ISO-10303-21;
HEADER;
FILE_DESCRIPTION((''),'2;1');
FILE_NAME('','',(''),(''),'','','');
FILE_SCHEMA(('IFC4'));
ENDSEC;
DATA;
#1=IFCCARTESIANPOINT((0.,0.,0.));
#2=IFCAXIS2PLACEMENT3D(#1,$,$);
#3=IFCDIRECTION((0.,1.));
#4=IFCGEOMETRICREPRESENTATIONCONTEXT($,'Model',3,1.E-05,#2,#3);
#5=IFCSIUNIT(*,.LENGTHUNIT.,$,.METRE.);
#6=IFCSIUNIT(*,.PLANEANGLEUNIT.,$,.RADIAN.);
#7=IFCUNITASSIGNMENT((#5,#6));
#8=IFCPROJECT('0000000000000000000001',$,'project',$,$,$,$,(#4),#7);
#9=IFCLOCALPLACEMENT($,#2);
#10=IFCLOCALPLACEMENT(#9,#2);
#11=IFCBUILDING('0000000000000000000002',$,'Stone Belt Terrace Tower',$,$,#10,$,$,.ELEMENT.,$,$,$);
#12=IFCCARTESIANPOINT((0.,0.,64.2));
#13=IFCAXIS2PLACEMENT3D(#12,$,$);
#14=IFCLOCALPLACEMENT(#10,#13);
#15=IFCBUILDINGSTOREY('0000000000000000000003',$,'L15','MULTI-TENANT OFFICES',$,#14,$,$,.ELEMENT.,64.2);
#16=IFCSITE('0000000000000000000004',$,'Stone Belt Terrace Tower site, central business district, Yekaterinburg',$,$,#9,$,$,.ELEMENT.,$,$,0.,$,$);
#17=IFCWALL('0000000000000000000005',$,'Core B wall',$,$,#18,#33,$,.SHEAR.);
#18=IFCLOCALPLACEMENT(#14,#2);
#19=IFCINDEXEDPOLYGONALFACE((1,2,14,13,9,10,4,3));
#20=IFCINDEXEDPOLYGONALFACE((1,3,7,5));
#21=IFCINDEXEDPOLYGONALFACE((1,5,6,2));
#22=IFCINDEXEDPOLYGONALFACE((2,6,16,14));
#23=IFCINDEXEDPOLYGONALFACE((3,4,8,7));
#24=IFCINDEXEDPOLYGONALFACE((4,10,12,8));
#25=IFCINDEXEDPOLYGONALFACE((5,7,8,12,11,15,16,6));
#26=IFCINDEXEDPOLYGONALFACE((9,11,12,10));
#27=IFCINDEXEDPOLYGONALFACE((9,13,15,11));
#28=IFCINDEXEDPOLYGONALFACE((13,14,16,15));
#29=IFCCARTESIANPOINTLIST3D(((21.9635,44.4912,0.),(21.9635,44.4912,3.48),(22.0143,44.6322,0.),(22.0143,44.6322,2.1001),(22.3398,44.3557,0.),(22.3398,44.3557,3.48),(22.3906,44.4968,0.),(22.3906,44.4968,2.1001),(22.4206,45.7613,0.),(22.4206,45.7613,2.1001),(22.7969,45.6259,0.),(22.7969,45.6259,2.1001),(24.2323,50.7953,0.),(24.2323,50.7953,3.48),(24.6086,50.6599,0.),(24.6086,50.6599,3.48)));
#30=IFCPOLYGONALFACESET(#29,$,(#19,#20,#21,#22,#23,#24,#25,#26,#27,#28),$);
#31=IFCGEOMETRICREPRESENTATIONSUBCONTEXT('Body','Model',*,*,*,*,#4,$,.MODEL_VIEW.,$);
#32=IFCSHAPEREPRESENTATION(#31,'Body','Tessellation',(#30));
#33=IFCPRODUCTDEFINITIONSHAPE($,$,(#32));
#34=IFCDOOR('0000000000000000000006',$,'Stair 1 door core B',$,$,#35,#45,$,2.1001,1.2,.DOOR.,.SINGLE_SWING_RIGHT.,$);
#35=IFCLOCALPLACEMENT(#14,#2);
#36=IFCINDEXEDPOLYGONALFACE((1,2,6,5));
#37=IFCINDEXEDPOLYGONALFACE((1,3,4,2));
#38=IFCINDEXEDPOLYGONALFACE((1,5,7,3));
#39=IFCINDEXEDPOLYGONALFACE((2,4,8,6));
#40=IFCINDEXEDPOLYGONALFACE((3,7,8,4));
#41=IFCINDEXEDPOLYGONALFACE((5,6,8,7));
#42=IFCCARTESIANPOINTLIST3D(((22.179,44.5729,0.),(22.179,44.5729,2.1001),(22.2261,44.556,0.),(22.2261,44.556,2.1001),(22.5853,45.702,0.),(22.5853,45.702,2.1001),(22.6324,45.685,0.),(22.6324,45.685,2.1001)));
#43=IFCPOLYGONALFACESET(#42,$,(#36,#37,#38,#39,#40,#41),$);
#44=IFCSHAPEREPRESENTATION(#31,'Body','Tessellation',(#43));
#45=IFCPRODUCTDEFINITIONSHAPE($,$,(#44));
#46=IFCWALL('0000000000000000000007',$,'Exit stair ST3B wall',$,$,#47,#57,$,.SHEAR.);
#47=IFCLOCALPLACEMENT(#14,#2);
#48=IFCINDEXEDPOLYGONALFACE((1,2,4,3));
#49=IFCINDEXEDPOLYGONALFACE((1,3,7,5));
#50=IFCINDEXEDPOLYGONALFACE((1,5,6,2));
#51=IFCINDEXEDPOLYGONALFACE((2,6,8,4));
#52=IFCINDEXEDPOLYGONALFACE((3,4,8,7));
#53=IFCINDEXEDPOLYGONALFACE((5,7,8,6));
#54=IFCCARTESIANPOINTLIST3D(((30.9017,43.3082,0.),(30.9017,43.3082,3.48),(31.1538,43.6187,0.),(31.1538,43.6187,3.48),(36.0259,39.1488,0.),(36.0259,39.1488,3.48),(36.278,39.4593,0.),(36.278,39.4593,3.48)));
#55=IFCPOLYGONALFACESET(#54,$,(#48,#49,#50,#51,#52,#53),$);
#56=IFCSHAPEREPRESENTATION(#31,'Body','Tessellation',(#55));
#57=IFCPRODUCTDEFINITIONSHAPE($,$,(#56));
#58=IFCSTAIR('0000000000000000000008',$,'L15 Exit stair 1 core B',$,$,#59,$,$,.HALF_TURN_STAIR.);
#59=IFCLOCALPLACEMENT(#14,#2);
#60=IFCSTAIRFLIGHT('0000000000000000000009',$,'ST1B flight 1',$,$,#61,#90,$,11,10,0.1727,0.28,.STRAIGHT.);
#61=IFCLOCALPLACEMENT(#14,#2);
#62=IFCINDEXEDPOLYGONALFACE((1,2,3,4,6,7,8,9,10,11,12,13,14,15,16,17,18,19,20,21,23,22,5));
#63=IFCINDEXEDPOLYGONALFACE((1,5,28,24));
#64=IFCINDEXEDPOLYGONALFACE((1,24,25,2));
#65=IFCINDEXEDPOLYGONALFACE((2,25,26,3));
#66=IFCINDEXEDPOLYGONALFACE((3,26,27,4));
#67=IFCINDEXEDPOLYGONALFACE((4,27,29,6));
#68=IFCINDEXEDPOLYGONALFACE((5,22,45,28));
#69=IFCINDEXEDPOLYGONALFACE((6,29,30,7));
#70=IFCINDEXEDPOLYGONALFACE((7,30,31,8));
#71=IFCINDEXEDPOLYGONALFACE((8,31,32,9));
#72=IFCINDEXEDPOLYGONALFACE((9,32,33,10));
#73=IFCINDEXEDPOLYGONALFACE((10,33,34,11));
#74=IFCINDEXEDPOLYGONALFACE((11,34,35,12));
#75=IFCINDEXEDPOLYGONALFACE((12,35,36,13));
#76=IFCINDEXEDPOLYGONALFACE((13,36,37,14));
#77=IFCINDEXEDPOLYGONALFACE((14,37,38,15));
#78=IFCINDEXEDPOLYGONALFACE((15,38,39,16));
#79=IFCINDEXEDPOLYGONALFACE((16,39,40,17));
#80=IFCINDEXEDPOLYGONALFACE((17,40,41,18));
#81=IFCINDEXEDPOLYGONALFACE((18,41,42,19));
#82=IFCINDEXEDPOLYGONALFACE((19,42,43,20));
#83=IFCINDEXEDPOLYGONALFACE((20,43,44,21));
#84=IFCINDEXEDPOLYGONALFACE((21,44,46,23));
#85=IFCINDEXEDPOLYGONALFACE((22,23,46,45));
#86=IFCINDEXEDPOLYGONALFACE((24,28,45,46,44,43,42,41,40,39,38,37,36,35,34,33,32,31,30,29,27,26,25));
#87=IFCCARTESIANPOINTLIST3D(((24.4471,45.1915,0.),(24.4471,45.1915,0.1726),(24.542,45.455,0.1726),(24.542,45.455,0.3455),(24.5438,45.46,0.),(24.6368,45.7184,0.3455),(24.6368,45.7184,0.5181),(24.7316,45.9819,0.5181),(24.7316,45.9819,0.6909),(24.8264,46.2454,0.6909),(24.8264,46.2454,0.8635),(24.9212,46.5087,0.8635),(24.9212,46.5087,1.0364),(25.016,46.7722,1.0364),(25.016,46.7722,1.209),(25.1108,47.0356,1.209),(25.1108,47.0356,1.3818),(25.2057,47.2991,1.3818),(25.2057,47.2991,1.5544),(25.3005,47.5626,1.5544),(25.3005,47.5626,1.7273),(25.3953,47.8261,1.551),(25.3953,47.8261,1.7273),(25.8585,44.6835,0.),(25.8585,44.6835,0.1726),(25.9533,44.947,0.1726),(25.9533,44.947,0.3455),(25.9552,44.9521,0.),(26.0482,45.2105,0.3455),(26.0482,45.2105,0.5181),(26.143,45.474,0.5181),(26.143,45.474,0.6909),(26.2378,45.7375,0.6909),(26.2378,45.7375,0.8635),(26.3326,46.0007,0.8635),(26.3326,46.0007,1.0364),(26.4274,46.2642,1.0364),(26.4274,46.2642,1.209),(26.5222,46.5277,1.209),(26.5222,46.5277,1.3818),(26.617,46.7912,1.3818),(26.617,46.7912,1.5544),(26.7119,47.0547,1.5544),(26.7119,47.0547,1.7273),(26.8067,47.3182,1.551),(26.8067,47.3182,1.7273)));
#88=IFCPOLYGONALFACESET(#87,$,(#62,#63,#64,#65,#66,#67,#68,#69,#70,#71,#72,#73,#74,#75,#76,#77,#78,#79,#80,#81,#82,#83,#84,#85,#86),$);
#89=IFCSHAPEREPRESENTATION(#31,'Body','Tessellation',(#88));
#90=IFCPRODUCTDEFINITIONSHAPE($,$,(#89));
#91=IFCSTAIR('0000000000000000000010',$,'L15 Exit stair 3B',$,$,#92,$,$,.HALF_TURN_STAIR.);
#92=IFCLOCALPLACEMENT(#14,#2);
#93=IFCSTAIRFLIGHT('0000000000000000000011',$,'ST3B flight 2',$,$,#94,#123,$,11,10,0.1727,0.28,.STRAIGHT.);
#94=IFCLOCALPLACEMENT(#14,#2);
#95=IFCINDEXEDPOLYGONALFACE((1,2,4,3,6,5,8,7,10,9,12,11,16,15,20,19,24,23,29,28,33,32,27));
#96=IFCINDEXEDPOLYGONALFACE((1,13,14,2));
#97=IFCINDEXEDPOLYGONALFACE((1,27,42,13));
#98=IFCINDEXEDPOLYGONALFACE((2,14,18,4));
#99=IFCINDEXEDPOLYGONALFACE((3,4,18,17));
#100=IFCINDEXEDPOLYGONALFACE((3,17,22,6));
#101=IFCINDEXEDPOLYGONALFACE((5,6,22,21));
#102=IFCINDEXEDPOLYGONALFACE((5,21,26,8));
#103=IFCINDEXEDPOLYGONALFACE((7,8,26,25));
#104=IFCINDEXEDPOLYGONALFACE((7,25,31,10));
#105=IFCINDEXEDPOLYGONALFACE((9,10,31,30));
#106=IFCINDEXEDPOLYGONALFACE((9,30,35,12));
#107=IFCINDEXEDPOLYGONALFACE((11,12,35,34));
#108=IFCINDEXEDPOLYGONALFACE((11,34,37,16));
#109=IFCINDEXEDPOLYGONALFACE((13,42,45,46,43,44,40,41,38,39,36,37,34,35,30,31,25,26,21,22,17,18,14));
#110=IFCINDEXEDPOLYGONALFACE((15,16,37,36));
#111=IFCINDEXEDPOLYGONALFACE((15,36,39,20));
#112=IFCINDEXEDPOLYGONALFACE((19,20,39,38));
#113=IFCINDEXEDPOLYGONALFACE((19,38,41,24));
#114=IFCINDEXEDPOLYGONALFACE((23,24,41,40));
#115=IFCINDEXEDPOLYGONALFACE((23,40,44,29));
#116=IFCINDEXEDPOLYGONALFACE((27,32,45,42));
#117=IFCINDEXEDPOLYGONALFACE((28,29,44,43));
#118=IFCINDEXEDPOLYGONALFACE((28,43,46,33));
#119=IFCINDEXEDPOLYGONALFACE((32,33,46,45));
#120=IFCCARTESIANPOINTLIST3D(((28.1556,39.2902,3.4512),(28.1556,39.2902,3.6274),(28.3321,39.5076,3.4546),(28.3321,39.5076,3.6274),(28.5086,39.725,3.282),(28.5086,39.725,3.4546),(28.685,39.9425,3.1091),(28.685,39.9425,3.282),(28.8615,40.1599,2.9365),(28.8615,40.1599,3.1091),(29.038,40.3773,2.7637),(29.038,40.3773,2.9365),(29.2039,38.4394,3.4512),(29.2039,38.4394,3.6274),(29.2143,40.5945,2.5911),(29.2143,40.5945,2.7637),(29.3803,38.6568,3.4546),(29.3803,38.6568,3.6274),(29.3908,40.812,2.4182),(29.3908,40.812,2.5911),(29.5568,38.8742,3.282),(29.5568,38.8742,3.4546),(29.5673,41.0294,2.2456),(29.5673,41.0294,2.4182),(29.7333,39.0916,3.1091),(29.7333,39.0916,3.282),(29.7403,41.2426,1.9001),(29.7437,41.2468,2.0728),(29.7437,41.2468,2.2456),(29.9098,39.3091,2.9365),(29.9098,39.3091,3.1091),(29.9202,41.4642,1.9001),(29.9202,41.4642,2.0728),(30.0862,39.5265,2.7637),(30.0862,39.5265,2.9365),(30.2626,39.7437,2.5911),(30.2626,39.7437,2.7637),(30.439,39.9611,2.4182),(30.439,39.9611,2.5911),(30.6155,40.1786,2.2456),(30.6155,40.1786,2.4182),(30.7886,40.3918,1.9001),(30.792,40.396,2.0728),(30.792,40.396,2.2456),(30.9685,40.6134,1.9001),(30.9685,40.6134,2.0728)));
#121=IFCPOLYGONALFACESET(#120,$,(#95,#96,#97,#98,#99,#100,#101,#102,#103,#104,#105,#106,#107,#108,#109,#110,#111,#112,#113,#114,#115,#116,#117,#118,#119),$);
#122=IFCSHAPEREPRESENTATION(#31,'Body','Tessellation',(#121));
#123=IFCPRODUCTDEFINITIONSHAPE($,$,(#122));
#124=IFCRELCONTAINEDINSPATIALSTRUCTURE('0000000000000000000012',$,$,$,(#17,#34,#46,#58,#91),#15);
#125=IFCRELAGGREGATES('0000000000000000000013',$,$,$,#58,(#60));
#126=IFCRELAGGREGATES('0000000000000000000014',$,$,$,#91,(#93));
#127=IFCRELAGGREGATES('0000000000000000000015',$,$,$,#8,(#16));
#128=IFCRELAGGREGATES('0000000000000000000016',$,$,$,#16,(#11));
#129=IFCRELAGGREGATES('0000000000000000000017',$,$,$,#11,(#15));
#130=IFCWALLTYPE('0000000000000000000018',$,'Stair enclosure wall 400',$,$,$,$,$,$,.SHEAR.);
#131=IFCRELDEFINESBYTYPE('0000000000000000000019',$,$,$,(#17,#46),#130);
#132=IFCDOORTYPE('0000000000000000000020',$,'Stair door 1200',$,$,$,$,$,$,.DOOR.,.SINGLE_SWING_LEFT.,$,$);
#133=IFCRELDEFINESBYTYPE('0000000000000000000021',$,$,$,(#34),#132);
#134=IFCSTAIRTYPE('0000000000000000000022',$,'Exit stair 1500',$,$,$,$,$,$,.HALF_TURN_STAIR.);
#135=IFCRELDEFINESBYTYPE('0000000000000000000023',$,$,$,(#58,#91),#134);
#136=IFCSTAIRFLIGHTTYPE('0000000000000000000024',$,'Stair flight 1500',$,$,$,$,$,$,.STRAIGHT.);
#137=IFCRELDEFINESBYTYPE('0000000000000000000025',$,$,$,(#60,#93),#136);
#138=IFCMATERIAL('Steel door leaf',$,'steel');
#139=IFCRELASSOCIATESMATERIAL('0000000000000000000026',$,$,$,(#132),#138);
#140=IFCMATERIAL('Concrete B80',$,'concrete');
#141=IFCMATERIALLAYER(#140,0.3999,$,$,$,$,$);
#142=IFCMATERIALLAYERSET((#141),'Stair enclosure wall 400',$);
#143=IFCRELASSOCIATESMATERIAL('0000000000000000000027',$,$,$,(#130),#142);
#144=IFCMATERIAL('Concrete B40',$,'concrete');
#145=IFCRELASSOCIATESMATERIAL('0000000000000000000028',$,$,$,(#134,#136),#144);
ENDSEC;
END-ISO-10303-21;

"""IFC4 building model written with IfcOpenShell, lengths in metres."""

from ifc_helpers import new_model, si_unit, direction, frame, frame_2d, origin, place, context, subcontext, project, spatial, polyline, rectangle, outline, extrude, material, layer, layer_set, type_object, element, fill, aggregate, save


model = new_model("IFC4")

# Units and contexts
model_context = context("Model", 3, precision=1e-05, world=origin(), true_north=direction((0.0, 1.0)))
body_context = subcontext(model_context, "Body", "Model", "MODEL_VIEW")
ifc_project = project(units=[si_unit("LENGTHUNIT", "METRE"), si_unit("PLANEANGLEUNIT", "RADIAN")], contexts=[model_context])

# Site, building, storey
site_placement = place(None, origin())
site = spatial("IfcSite", under=ifc_project, at=site_placement, Name="Stone Belt Terrace Tower site, central business district, Yekaterinburg", CompositionType="ELEMENT", RefElevation=0.0)
building_placement = place(site_placement, origin())
building = spatial("IfcBuilding", under=site, at=building_placement, Name="Stone Belt Terrace Tower", CompositionType="ELEMENT")
storey_placement = place(building_placement, frame((0.0, 0.0, 64.2)))
storey = spatial("IfcBuildingStorey", under=building, at=storey_placement, Name="L15", Description="MULTI-TENANT OFFICES", CompositionType="ELEMENT", Elevation=64.2)

# Shared definitions
ifc_material_1 = material(Name="Concrete B80", Category="concrete")

# Wall, opening, door
ifc_material_2 = material(Name="Steel door leaf", Category="steel")
door_type_1 = type_object("IfcDoorType", Name="Stair door 1200", OperationType="SINGLE_SWING_LEFT", PredefinedType="DOOR", material=ifc_material_2)
ifc_layer_1 = layer(ifc_material_1, 0.3999)
ifc_layer_set_1 = layer_set([ifc_layer_1], Name="Stair enclosure wall 400")
wall_type_1 = type_object("IfcWallType", Name="Stair enclosure wall 400", PredefinedType="SHEAR", material=ifc_layer_set_1)
wall_1_placement = place(storey_placement, frame((22.1516, 44.4233, 0.0), z_axis=(0.0, 0.0, 1.0), x_axis=(0.338625, 0.940921, 0.0)))
wall_1 = element("IfcWall", 1, at=wall_1_placement, inside=storey, type_object=wall_type_1, Name="Core B wall", PredefinedType="SHEAR", context=body_context, shape_type="SweptSolid", body=[
    extrude(rectangle(XDim=6.7, YDim=0.3999, at=frame_2d((3.3501, 0.0))), origin(), (0.0, 0.0, 1.0), 3.48),
])
opening_1_placement = place(wall_1_placement, frame((0.1499, 0.0, 0.0)))
opening_1 = element("IfcOpeningElement", 2, at=opening_1_placement, cuts=wall_1, PredefinedType="OPENING", context=body_context, shape_type="SweptSolid", body=[
    extrude(rectangle(XDim=1.2, YDim=2.1001, at=frame_2d((0.6001, 1.05))), frame((0.0, 0.21, 0.0), z_axis=(0.0, -1.0, 0.0), x_axis=(1.0, 0.0, 0.0)), (0.0, 0.0, 1.0), 0.4199),
])
door_1_placement = place(opening_1_placement, origin())
door_1 = element("IfcDoor", 3, at=door_1_placement, inside=storey, type_object=door_type_1, Name="Stair 1 door core B", OperationType="SINGLE_SWING_RIGHT", OverallHeight=2.1001, OverallWidth=1.2, PredefinedType="DOOR", context=body_context, shape_type="SweptSolid", body=[
    extrude(rectangle(XDim=1.2, YDim=2.1001, at=frame_2d((0.6001, 1.05))), frame((0.0, 0.0249, 0.0), z_axis=(0.0, -1.0, 0.0), x_axis=(1.0, 0.0, 0.0)), (0.0, 0.0, 1.0), 0.05),
])
fill(opening_1, door_1)

# Wall
wall_2_placement = place(storey_placement, frame((31.0278, 43.4634, 0.0), z_axis=(0.0, 0.0, 1.0), x_axis=(0.776414, -0.630224, 0.0)))
element("IfcWall", 4, at=wall_2_placement, inside=storey, type_object=wall_type_1, Name="Exit stair ST3B wall", PredefinedType="SHEAR", context=body_context, shape_type="SweptSolid", body=[
    extrude(rectangle(XDim=6.5999, YDim=0.3999, at=frame_2d((3.2998, 0.0))), origin(), (0.0, 0.0, 1.0), 3.48),
])

# Stairs, stair flights
ifc_material_3 = material(Name="Concrete B40", Category="concrete")
stair_type = type_object("IfcStairType", Name="Exit stair 1500", PredefinedType="HALF_TURN_STAIR", material=ifc_material_3)
stair_1_placement = place(storey_placement, origin())
stair_1 = element("IfcStair", 5, at=stair_1_placement, inside=storey, type_object=stair_type, Name="L15 Exit stair 1 core B", PredefinedType="HALF_TURN_STAIR")
stair_flight_type = type_object("IfcStairFlightType", Name="Stair flight 1500", PredefinedType="STRAIGHT", material=ifc_material_3)
stair_flight_1_placement = place(storey_placement, frame((25.1528, 44.9375, 0.0), z_axis=(0.0, 0.0, 1.0), x_axis=(0.338624, 0.940922, 0.0)))
stair_flight_1 = element("IfcStairFlight", 6, at=stair_flight_1_placement, type_object=stair_flight_type, Name="ST1B flight 1", NumberOfRisers=11, NumberOfTreads=10, PredefinedType="STRAIGHT", RiserHeight=0.1727, TreadLength=0.28, context=body_context, shape_type="SweptSolid", body=[
    extrude(outline(polyline([(0.0, 0.0), (0.0, 0.1726), (0.28, 0.1726), (0.28, 0.3455), (0.5601, 0.3455), (0.5601, 0.5181), (0.8401, 0.5181), (0.8401, 0.6909), (1.1201, 0.6909), (1.1201, 0.8635), (1.3999, 0.8635), (1.3999, 1.0364), (1.6799, 1.0364), (1.6799, 1.209), (1.96, 1.209), (1.96, 1.3818), (2.24, 1.3818), (2.24, 1.5544), (2.52, 1.5544), (2.52, 1.7273), (2.8, 1.7273), (2.8, 1.8999), (2.8, 1.551), (0.2854, 0.0), (0.0, 0.0)])), frame((0.0, 0.75, 0.0), z_axis=(0.0, -1.0, 0.0), x_axis=(1.0, 0.0, 0.0)), (0.0, 0.0, 1.0), 1.5),
])
aggregate(stair_1, [stair_flight_1])
stair_2_placement = place(storey_placement, origin())
stair_2 = element("IfcStair", 7, at=stair_2_placement, inside=storey, type_object=stair_type, Name="L15 Exit stair 3B", PredefinedType="HALF_TURN_STAIR")
stair_flight_2_placement = place(storey_placement, frame((30.4443, 41.0388, 1.9001), z_axis=(0.0, 0.0, 1.0), x_axis=(-0.630206, -0.776428, 0.0)))
stair_flight_2 = element("IfcStairFlight", 8, at=stair_flight_2_placement, type_object=stair_flight_type, Name="ST3B flight 2", NumberOfRisers=11, NumberOfTreads=10, PredefinedType="STRAIGHT", RiserHeight=0.1727, TreadLength=0.28, context=body_context, shape_type="SweptSolid", body=[
    extrude(outline(polyline([(0.0, 0.0), (0.0, 0.1726), (0.28, 0.1726), (0.28, 0.3455), (0.5601, 0.3455), (0.5601, 0.5181), (0.8401, 0.5181), (0.8401, 0.6909), (1.1201, 0.6909), (1.1201, 0.8635), (1.3999, 0.8635), (1.3999, 1.0364), (1.6799, 1.0364), (1.6799, 1.209), (1.96, 1.209), (1.96, 1.3818), (2.24, 1.3818), (2.24, 1.5544), (2.52, 1.5544), (2.52, 1.7273), (2.8, 1.7273), (2.8, 1.8999), (2.8, 1.551), (0.2854, 0.0), (0.0, 0.0)])), frame((0.0, 0.675, 0.0), z_axis=(0.0, -1.0, 0.0), x_axis=(1.0, 0.0, 0.0)), (0.0, 0.0, 1.0), 1.3501),
])
aggregate(stair_2, [stair_flight_2])

save(model, "model.ifc")
